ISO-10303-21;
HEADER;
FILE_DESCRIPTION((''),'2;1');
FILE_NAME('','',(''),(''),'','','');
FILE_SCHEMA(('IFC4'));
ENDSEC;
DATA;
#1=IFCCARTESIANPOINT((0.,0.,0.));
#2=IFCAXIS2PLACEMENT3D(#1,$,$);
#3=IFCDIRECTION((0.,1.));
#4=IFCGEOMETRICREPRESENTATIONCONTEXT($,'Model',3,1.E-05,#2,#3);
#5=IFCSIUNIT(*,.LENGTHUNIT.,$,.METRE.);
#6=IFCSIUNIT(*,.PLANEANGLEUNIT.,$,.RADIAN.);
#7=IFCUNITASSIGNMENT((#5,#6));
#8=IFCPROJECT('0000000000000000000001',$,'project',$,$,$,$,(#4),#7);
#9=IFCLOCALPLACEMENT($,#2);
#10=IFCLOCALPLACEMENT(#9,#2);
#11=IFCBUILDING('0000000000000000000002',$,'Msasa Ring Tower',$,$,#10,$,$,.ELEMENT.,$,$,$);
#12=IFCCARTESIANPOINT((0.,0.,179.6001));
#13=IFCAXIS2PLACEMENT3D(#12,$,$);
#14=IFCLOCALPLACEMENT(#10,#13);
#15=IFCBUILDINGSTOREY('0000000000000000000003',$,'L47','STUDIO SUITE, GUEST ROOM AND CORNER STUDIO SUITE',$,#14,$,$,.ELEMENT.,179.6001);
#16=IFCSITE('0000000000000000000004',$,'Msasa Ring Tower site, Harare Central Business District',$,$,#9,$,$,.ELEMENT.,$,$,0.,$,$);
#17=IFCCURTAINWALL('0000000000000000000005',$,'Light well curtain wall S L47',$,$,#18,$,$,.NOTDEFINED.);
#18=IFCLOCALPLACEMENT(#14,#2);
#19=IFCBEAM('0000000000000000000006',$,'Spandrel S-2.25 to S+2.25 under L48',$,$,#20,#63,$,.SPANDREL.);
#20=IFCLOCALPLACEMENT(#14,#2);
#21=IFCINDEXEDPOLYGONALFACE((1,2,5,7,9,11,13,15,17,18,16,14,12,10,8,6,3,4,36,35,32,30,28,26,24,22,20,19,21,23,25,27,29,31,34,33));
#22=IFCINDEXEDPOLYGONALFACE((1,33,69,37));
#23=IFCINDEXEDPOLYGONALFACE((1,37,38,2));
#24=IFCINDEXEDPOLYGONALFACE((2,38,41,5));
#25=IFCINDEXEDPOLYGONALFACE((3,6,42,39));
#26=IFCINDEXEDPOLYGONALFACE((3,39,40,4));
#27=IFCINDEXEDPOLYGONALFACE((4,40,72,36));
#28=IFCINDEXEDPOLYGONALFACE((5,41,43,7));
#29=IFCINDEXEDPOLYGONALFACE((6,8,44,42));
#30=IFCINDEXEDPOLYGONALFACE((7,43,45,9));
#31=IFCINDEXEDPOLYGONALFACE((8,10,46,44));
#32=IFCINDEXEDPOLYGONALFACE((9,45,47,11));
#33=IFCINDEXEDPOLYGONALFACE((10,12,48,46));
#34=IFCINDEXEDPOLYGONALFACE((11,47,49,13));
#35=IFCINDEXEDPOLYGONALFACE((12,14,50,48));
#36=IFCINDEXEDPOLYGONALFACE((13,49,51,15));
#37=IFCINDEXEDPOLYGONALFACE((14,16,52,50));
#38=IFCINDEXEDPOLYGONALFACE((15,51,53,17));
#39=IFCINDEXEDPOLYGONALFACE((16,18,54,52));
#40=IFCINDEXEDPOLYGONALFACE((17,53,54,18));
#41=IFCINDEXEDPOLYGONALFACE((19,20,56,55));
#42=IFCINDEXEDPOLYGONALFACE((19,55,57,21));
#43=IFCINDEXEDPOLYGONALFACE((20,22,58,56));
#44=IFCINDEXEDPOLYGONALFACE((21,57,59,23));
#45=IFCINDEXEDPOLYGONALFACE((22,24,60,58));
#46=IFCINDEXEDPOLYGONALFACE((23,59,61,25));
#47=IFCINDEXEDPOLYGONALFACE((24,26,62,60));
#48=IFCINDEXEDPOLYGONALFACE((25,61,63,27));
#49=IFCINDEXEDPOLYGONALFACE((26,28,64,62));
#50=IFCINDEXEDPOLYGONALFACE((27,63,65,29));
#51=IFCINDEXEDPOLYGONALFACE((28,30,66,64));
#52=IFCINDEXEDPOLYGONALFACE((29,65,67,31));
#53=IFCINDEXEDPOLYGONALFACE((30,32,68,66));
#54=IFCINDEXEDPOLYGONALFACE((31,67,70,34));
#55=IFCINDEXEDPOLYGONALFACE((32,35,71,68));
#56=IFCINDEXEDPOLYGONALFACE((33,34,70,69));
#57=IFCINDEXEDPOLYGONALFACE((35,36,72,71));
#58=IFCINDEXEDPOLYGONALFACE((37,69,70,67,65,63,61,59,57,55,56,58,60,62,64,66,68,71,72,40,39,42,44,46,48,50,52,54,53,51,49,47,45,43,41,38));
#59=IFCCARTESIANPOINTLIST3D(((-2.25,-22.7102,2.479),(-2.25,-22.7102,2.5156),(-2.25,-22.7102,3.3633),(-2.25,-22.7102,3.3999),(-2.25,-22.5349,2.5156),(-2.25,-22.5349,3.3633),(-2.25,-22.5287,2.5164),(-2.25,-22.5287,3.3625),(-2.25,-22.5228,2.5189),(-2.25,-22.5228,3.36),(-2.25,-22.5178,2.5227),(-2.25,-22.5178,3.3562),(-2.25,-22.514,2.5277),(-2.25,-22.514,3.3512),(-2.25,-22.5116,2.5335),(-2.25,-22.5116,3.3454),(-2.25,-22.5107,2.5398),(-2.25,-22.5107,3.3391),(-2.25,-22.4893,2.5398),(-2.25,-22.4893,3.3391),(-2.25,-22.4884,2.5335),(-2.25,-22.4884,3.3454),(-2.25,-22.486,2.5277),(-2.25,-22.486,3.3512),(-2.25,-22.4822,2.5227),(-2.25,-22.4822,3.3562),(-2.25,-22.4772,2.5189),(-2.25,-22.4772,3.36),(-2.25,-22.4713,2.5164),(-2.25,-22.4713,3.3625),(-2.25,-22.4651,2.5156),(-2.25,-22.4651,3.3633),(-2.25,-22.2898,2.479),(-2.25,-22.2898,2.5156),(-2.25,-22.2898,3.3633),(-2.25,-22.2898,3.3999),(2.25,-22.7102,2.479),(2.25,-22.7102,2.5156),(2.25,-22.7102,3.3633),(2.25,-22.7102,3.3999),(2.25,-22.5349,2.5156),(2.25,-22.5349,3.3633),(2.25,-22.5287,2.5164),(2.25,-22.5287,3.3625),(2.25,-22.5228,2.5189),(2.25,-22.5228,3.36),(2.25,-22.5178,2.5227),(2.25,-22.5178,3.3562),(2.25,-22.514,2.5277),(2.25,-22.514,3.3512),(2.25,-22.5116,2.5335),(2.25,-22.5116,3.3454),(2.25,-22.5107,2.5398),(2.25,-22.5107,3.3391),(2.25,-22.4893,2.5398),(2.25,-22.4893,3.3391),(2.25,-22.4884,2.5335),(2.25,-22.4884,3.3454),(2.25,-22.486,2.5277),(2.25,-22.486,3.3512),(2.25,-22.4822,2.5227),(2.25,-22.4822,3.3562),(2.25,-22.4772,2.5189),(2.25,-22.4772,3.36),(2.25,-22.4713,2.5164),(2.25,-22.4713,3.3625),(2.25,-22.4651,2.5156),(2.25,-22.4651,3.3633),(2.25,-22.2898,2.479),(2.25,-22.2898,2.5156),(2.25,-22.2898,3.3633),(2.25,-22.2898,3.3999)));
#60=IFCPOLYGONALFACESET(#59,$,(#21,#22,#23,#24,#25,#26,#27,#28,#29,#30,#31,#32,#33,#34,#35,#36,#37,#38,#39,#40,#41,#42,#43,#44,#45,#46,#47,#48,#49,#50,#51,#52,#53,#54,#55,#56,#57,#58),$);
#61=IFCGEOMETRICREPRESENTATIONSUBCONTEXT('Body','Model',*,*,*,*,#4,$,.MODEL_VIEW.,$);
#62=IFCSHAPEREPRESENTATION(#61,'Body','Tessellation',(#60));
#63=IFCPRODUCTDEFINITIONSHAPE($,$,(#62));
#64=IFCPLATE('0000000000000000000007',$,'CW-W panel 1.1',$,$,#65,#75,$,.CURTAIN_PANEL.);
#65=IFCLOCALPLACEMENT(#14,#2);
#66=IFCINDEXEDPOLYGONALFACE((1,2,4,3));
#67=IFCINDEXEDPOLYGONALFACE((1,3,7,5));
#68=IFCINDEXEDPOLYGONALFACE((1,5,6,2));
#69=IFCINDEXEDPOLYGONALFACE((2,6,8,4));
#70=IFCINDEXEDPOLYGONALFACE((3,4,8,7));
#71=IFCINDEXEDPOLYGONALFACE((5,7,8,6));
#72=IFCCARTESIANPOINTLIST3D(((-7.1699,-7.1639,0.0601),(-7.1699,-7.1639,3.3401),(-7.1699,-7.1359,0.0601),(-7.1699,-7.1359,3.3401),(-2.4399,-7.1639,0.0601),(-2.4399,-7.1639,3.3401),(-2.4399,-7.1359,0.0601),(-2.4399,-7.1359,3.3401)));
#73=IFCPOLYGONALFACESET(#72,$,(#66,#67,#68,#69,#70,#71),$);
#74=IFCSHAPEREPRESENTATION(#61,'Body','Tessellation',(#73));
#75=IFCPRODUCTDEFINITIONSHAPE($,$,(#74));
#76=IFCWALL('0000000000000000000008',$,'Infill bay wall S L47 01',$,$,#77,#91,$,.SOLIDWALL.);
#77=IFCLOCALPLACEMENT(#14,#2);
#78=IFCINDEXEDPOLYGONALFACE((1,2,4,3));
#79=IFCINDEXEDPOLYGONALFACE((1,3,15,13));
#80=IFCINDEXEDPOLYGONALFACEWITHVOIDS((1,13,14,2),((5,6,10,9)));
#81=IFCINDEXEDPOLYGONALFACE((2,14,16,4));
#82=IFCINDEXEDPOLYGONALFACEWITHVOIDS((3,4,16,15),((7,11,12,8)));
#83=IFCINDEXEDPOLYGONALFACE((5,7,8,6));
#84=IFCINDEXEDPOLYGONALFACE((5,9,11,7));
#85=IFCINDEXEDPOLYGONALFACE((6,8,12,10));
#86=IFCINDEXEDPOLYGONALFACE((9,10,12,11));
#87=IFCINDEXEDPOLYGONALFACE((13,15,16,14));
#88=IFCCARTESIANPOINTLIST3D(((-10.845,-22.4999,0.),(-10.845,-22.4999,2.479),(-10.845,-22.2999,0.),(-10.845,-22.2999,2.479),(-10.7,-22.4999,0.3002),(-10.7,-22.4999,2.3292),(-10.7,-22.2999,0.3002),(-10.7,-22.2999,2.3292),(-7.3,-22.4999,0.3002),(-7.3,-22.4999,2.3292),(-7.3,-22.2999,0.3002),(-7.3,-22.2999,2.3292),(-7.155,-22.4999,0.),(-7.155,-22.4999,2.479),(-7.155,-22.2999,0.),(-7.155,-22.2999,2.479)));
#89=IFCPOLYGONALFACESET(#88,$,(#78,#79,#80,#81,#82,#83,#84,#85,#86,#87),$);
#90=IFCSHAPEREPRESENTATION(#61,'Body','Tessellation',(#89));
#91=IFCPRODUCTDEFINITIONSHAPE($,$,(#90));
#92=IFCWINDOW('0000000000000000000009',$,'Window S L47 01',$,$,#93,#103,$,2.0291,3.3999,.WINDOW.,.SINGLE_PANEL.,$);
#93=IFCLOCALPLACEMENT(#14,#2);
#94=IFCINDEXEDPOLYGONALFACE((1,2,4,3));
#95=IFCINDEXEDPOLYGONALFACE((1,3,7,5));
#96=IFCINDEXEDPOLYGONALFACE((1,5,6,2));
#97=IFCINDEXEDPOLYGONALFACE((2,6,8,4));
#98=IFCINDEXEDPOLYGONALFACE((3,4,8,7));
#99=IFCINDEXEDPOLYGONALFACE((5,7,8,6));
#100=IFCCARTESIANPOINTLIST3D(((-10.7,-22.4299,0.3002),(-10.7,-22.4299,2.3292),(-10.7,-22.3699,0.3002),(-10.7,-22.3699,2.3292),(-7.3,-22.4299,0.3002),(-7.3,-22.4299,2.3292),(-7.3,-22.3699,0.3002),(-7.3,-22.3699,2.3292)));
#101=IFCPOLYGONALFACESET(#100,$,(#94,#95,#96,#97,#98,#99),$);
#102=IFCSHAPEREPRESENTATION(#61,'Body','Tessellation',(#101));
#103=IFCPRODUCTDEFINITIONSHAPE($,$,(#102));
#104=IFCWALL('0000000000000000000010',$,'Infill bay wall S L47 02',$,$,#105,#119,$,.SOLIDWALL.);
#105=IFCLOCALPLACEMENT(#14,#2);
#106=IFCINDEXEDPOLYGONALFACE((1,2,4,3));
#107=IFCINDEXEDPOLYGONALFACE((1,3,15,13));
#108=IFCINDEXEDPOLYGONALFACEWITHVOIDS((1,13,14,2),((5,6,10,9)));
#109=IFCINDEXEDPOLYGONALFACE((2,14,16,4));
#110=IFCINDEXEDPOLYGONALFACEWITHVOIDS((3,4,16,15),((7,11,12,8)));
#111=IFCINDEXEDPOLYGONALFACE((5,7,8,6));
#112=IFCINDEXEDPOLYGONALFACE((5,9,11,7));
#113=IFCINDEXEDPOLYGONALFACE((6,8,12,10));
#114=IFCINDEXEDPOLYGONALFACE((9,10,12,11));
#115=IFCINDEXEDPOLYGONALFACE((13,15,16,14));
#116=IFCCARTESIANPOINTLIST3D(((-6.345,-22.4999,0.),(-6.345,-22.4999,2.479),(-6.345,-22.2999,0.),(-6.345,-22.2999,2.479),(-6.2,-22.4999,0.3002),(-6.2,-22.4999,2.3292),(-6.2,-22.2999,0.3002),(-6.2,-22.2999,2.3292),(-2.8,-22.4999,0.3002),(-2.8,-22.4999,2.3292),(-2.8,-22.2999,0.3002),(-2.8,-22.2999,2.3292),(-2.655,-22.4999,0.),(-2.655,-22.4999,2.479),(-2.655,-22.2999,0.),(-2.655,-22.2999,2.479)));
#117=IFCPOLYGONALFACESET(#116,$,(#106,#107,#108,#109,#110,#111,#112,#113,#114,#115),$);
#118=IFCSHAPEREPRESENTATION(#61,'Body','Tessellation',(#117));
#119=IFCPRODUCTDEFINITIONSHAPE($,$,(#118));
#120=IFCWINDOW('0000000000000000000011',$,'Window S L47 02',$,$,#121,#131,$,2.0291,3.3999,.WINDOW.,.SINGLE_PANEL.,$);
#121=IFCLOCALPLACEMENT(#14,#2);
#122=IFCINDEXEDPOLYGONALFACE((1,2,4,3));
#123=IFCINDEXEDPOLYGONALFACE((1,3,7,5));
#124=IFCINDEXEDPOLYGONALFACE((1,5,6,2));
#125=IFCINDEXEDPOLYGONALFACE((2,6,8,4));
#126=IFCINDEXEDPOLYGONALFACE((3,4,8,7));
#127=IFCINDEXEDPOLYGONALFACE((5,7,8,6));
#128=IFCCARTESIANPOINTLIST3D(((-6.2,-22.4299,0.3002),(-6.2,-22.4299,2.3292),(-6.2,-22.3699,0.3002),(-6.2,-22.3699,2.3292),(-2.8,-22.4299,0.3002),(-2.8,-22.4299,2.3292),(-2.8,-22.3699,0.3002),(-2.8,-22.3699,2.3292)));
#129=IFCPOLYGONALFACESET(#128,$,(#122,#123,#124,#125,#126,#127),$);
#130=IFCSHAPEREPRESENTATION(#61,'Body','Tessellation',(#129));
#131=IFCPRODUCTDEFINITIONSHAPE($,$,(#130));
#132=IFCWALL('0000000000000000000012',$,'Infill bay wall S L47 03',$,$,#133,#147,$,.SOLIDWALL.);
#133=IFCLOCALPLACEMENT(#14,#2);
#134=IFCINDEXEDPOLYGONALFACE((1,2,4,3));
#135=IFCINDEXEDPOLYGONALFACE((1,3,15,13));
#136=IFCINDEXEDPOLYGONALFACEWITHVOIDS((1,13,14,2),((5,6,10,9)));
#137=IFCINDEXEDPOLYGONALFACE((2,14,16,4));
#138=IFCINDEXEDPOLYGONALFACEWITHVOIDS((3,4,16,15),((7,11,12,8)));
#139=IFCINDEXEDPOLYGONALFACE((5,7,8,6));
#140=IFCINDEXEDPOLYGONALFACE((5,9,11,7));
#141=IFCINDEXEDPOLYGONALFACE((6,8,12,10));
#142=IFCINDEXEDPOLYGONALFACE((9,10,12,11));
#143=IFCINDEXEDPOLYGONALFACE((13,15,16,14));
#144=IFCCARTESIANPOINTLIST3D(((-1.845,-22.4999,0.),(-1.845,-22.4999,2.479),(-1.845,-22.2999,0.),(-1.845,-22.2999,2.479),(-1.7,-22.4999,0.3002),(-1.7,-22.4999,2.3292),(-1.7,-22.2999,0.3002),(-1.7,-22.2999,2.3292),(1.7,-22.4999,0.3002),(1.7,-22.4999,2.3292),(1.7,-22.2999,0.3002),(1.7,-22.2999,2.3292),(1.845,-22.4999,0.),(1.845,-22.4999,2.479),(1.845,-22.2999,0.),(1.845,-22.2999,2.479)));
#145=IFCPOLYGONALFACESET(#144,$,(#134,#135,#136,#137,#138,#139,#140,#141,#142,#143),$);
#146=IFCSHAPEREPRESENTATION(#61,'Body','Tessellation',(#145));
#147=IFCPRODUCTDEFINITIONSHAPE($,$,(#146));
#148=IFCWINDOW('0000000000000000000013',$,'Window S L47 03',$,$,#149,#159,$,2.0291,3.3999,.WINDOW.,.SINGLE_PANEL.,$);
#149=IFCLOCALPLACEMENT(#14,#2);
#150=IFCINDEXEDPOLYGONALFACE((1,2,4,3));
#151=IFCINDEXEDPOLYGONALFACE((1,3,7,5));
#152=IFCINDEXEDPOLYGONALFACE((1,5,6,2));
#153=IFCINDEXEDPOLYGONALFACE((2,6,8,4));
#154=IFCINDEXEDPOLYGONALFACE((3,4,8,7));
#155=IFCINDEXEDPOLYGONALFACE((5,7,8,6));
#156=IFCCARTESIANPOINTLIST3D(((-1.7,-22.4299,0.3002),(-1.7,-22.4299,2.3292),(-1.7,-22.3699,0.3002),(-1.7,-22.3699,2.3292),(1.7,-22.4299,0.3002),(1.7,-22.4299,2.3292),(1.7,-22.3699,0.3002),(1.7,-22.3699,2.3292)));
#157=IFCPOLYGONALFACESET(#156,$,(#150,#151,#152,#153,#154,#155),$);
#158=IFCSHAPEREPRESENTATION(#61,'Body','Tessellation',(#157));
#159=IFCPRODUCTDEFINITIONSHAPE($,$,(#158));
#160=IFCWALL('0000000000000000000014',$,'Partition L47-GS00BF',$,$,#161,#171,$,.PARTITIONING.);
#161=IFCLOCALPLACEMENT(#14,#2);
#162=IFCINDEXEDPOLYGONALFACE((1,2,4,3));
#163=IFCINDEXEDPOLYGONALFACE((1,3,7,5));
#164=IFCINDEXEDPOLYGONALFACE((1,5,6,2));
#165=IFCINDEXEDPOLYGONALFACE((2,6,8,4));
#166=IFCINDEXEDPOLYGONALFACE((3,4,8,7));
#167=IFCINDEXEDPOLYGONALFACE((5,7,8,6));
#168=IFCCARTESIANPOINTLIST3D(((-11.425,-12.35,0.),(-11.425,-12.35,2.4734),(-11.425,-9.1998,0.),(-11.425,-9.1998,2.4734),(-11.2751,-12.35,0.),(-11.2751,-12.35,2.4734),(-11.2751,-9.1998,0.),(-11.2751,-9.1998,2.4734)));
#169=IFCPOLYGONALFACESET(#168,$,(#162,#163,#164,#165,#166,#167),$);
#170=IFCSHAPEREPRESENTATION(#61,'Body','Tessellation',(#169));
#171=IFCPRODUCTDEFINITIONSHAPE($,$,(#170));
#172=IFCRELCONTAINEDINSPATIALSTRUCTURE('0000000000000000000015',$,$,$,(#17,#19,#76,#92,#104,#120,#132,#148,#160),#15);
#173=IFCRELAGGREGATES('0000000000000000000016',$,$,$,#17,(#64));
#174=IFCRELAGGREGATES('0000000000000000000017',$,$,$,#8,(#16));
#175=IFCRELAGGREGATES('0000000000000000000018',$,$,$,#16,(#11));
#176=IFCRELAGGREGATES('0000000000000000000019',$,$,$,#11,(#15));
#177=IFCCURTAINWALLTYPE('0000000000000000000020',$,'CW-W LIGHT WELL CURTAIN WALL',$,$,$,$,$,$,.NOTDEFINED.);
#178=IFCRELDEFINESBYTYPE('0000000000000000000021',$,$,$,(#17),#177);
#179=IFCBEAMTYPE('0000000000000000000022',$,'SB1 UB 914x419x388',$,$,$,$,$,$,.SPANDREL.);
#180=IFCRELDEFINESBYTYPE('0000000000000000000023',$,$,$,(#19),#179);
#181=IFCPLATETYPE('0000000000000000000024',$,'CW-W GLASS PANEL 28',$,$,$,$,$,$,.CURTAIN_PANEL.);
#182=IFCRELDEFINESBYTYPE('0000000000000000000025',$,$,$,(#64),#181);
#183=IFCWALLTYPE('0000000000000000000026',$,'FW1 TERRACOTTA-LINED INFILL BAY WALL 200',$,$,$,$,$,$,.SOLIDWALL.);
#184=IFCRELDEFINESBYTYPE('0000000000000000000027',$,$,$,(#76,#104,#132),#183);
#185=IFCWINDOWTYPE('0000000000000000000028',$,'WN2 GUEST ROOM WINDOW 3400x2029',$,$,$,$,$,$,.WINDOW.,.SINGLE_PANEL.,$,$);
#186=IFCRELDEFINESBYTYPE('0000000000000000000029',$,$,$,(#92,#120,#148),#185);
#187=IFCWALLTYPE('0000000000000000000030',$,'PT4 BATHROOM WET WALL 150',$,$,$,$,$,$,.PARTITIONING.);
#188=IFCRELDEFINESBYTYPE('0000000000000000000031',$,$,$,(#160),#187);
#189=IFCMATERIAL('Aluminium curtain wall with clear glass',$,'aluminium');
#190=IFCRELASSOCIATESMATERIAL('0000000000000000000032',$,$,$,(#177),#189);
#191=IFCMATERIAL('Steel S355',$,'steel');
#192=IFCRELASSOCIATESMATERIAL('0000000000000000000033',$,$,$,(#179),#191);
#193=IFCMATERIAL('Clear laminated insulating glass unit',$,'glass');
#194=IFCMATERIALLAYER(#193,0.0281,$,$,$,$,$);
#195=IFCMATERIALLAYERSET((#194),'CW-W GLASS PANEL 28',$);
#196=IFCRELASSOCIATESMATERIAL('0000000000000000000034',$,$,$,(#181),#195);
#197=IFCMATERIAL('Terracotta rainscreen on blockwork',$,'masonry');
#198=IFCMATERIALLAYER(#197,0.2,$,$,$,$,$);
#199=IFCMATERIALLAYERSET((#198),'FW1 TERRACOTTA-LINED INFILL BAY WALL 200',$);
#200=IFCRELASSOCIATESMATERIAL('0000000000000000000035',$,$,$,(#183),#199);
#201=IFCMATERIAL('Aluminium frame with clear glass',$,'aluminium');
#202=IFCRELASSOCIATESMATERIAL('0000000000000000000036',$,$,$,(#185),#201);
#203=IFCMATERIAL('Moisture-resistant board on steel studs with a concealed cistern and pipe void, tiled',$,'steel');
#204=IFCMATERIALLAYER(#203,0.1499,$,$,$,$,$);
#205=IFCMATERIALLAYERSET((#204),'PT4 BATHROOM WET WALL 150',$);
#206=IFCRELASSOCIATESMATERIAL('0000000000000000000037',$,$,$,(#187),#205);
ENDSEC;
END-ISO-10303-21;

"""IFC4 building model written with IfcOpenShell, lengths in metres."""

from ifc_helpers import new_model, si_unit, direction, frame, frame_2d, origin, origin_2d, place, context, subcontext, project, spatial, rectangle, i_section, extrude, material, layer, layer_set, material_profile, profile_set, type_object, element, fill, aggregate, save


model = new_model("IFC4")

# Units and contexts
model_context = context("Model", 3, precision=1e-05, world=origin(), true_north=direction((0.0, 1.0)))
body_context = subcontext(model_context, "Body", "Model", "MODEL_VIEW")
ifc_project = project(units=[si_unit("LENGTHUNIT", "METRE"), si_unit("PLANEANGLEUNIT", "RADIAN")], contexts=[model_context])

# Site, building, storey
site_placement = place(None, origin())
site = spatial("IfcSite", under=ifc_project, at=site_placement, Name="Msasa Ring Tower site, Harare Central Business District", CompositionType="ELEMENT", RefElevation=0.0)
building_placement = place(site_placement, origin())
building = spatial("IfcBuilding", under=site, at=building_placement, Name="Msasa Ring Tower", CompositionType="ELEMENT")
storey_placement = place(building_placement, frame((0.0, 0.0, 179.6001)))
storey = spatial("IfcBuildingStorey", under=building, at=storey_placement, Name="L47", Description="STUDIO SUITE, GUEST ROOM AND CORNER STUDIO SUITE", CompositionType="ELEMENT", Elevation=179.6001)

# Curtain wall
ifc_material_1 = material(Name="Aluminium curtain wall with clear glass", Category="aluminium")
curtain_wall_type = type_object("IfcCurtainWallType", Name="CW-W LIGHT WELL CURTAIN WALL", PredefinedType="NOTDEFINED", material=ifc_material_1)
curtain_wall_1_placement = place(storey_placement, origin())
curtain_wall_1 = element("IfcCurtainWall", 1, at=curtain_wall_1_placement, inside=storey, type_object=curtain_wall_type, Name="Light well curtain wall S L47", PredefinedType="NOTDEFINED")

# Beam
ifc_material_2 = material(Name="Steel S355", Category="steel")
ifc_material_profile_1 = material_profile(ifc_material_2, i_section(OverallWidth=0.4204, OverallDepth=0.9209, WebThickness=0.0215, FlangeThickness=0.0366, FilletRadius=0.0242, at=origin_2d()), Name="UB 914x419x388")
ifc_profile_set_1 = profile_set([ifc_material_profile_1], Name="Steel S355")
beam_type_1 = type_object("IfcBeamType", Name="SB1 UB 914x419x388", PredefinedType="SPANDREL", material=ifc_profile_set_1)
for number, where, z_axis, x_axis, name in (
    (2, (-2.25, -22.5, 2.9395), (1.0, 0.0, 0.0), (0.0, 1.0, 0.0), "Spandrel S-2.25 to S+2.25 under L48"),
):
    element("IfcBeam", number, at=place(storey_placement, frame(where, z_axis=z_axis, x_axis=x_axis)), inside=storey, type_object=beam_type_1, Name=name, PredefinedType="SPANDREL", context=body_context, shape_type="SweptSolid", body=[
        extrude(i_section(OverallWidth=0.4204, OverallDepth=0.9209, WebThickness=0.0215, FlangeThickness=0.0366, FilletRadius=0.0242, at=origin_2d()), origin(), (0.0, 0.0, 1.0), 4.5),
    ])

# Plate
ifc_material_3 = material(Name="Clear laminated insulating glass unit", Category="glass")
ifc_layer_1 = layer(ifc_material_3, 0.0281)
ifc_layer_set_1 = layer_set([ifc_layer_1], Name="CW-W GLASS PANEL 28")
plate_type = type_object("IfcPlateType", Name="CW-W GLASS PANEL 28", PredefinedType="CURTAIN_PANEL", material=ifc_layer_set_1)
plate_placement = place(storey_placement, frame((-4.8049, -7.1499, 0.0601), z_axis=(0.0, 0.0, 1.0), x_axis=(1.0, 0.0, 0.0)))
plate = element("IfcPlate", 3, at=plate_placement, type_object=plate_type, Name="CW-W panel 1.1", PredefinedType="CURTAIN_PANEL", context=body_context, shape_type="SweptSolid", body=[
    extrude(rectangle(XDim=4.73, YDim=0.0281, at=origin_2d()), origin(), (0.0, 0.0, 1.0), 3.28),
])
aggregate(curtain_wall_1, [plate])

# Walls, openings, windows
ifc_material_4 = material(Name="Terracotta rainscreen on blockwork", Category="masonry")
ifc_layer_2 = layer(ifc_material_4, 0.2)
ifc_layer_set_2 = layer_set([ifc_layer_2], Name="FW1 TERRACOTTA-LINED INFILL BAY WALL 200")
wall_type_1 = type_object("IfcWallType", Name="FW1 TERRACOTTA-LINED INFILL BAY WALL 200", PredefinedType="SOLIDWALL", material=ifc_layer_set_2)
wall_1_placement = place(storey_placement, frame((-10.845, -22.3999, 0.0), z_axis=(0.0, 0.0, 1.0), x_axis=(1.0, 0.0, 0.0)))
wall_1 = element("IfcWall", 4, at=wall_1_placement, inside=storey, type_object=wall_type_1, Name="Infill bay wall S L47 01", PredefinedType="SOLIDWALL", context=body_context, shape_type="SweptSolid", body=[
    extrude(rectangle(XDim=3.6899, YDim=0.2, at=frame_2d((1.845, 0.0))), origin(), (0.0, 0.0, 1.0), 2.479),
])
opening_1_placement = place(wall_1_placement, frame((0.145, 0.0, 0.3)))
opening_1 = element("IfcOpeningElement", 5, at=opening_1_placement, cuts=wall_1, PredefinedType="OPENING", context=body_context, shape_type="SweptSolid", body=[
    extrude(rectangle(XDim=3.3999, YDim=2.0291, at=frame_2d((1.7, 1.0146))), frame((0.0, 0.1099, 0.0), z_axis=(0.0, -1.0, 0.0), x_axis=(1.0, 0.0, 0.0)), (0.0, 0.0, 1.0), 0.22),
])
ifc_material_5 = material(Name="Aluminium frame with clear glass", Category="aluminium")
window_type = type_object("IfcWindowType", Name="WN2 GUEST ROOM WINDOW 3400x2029", PartitioningType="SINGLE_PANEL", PredefinedType="WINDOW", material=ifc_material_5)
window_1_placement = place(opening_1_placement, origin())
window_1 = element("IfcWindow", 6, at=window_1_placement, inside=storey, type_object=window_type, Name="Window S L47 01", OverallHeight=2.0291, OverallWidth=3.3999, PartitioningType="SINGLE_PANEL", PredefinedType="WINDOW", context=body_context, shape_type="SweptSolid", body=[
    extrude(rectangle(XDim=3.3999, YDim=2.0291, at=frame_2d((1.7, 1.0146))), frame((0.0, 0.03, 0.0), z_axis=(0.0, -1.0, 0.0), x_axis=(1.0, 0.0, 0.0)), (0.0, 0.0, 1.0), 0.0601),
])
fill(opening_1, window_1)
wall_2_placement = place(storey_placement, frame((-6.345, -22.3999, 0.0), z_axis=(0.0, 0.0, 1.0), x_axis=(1.0, 0.0, 0.0)))
wall_2 = element("IfcWall", 7, at=wall_2_placement, inside=storey, type_object=wall_type_1, Name="Infill bay wall S L47 02", PredefinedType="SOLIDWALL", context=body_context, shape_type="SweptSolid", body=[
    extrude(rectangle(XDim=3.6899, YDim=0.2, at=frame_2d((1.845, 0.0))), origin(), (0.0, 0.0, 1.0), 2.479),
])
opening_2_placement = place(wall_2_placement, frame((0.145, 0.0, 0.3)))
opening_2 = element("IfcOpeningElement", 8, at=opening_2_placement, cuts=wall_2, PredefinedType="OPENING", context=body_context, shape_type="SweptSolid", body=[
    extrude(rectangle(XDim=3.3999, YDim=2.0291, at=frame_2d((1.7, 1.0146))), frame((0.0, 0.1099, 0.0), z_axis=(0.0, -1.0, 0.0), x_axis=(1.0, 0.0, 0.0)), (0.0, 0.0, 1.0), 0.22),
])
window_2_placement = place(opening_2_placement, origin())
window_2 = element("IfcWindow", 9, at=window_2_placement, inside=storey, type_object=window_type, Name="Window S L47 02", OverallHeight=2.0291, OverallWidth=3.3999, PartitioningType="SINGLE_PANEL", PredefinedType="WINDOW", context=body_context, shape_type="SweptSolid", body=[
    extrude(rectangle(XDim=3.3999, YDim=2.0291, at=frame_2d((1.7, 1.0146))), frame((0.0, 0.03, 0.0), z_axis=(0.0, -1.0, 0.0), x_axis=(1.0, 0.0, 0.0)), (0.0, 0.0, 1.0), 0.0601),
])
fill(opening_2, window_2)
wall_3_placement = place(storey_placement, frame((-1.845, -22.3999, 0.0), z_axis=(0.0, 0.0, 1.0), x_axis=(1.0, 0.0, 0.0)))
wall_3 = element("IfcWall", 10, at=wall_3_placement, inside=storey, type_object=wall_type_1, Name="Infill bay wall S L47 03", PredefinedType="SOLIDWALL", context=body_context, shape_type="SweptSolid", body=[
    extrude(rectangle(XDim=3.6899, YDim=0.2, at=frame_2d((1.845, 0.0))), origin(), (0.0, 0.0, 1.0), 2.479),
])
opening_3_placement = place(wall_3_placement, frame((0.145, 0.0, 0.3)))
opening_3 = element("IfcOpeningElement", 11, at=opening_3_placement, cuts=wall_3, PredefinedType="OPENING", context=body_context, shape_type="SweptSolid", body=[
    extrude(rectangle(XDim=3.3999, YDim=2.0291, at=frame_2d((1.7, 1.0146))), frame((0.0, 0.1099, 0.0), z_axis=(0.0, -1.0, 0.0), x_axis=(1.0, 0.0, 0.0)), (0.0, 0.0, 1.0), 0.22),
])
window_3_placement = place(opening_3_placement, origin())
window_3 = element("IfcWindow", 12, at=window_3_placement, inside=storey, type_object=window_type, Name="Window S L47 03", OverallHeight=2.0291, OverallWidth=3.3999, PartitioningType="SINGLE_PANEL", PredefinedType="WINDOW", context=body_context, shape_type="SweptSolid", body=[
    extrude(rectangle(XDim=3.3999, YDim=2.0291, at=frame_2d((1.7, 1.0146))), frame((0.0, 0.03, 0.0), z_axis=(0.0, -1.0, 0.0), x_axis=(1.0, 0.0, 0.0)), (0.0, 0.0, 1.0), 0.0601),
])
fill(opening_3, window_3)

# Wall
ifc_material_6 = material(Name="Moisture-resistant board on steel studs with a concealed cistern and pipe void, tiled", Category="steel")
ifc_layer_3 = layer(ifc_material_6, 0.1499)
ifc_layer_set_3 = layer_set([ifc_layer_3], Name="PT4 BATHROOM WET WALL 150")
wall_type_2 = type_object("IfcWallType", Name="PT4 BATHROOM WET WALL 150", PredefinedType="PARTITIONING", material=ifc_layer_set_3)
wall_4_placement = place(storey_placement, frame((-11.3501, -12.3501, 0.0), z_axis=(0.0, 0.0, 1.0), x_axis=(0.0, 1.0, 0.0)))
element("IfcWall", 13, at=wall_4_placement, inside=storey, type_object=wall_type_2, Name="Partition L47-GS00BF", PredefinedType="PARTITIONING", context=body_context, shape_type="SweptSolid", body=[
    extrude(rectangle(XDim=3.1501, YDim=0.1499, at=frame_2d((1.5752, 0.0))), origin(), (0.0, 0.0, 1.0), 2.4734),
])

save(model, "model.ifc")
